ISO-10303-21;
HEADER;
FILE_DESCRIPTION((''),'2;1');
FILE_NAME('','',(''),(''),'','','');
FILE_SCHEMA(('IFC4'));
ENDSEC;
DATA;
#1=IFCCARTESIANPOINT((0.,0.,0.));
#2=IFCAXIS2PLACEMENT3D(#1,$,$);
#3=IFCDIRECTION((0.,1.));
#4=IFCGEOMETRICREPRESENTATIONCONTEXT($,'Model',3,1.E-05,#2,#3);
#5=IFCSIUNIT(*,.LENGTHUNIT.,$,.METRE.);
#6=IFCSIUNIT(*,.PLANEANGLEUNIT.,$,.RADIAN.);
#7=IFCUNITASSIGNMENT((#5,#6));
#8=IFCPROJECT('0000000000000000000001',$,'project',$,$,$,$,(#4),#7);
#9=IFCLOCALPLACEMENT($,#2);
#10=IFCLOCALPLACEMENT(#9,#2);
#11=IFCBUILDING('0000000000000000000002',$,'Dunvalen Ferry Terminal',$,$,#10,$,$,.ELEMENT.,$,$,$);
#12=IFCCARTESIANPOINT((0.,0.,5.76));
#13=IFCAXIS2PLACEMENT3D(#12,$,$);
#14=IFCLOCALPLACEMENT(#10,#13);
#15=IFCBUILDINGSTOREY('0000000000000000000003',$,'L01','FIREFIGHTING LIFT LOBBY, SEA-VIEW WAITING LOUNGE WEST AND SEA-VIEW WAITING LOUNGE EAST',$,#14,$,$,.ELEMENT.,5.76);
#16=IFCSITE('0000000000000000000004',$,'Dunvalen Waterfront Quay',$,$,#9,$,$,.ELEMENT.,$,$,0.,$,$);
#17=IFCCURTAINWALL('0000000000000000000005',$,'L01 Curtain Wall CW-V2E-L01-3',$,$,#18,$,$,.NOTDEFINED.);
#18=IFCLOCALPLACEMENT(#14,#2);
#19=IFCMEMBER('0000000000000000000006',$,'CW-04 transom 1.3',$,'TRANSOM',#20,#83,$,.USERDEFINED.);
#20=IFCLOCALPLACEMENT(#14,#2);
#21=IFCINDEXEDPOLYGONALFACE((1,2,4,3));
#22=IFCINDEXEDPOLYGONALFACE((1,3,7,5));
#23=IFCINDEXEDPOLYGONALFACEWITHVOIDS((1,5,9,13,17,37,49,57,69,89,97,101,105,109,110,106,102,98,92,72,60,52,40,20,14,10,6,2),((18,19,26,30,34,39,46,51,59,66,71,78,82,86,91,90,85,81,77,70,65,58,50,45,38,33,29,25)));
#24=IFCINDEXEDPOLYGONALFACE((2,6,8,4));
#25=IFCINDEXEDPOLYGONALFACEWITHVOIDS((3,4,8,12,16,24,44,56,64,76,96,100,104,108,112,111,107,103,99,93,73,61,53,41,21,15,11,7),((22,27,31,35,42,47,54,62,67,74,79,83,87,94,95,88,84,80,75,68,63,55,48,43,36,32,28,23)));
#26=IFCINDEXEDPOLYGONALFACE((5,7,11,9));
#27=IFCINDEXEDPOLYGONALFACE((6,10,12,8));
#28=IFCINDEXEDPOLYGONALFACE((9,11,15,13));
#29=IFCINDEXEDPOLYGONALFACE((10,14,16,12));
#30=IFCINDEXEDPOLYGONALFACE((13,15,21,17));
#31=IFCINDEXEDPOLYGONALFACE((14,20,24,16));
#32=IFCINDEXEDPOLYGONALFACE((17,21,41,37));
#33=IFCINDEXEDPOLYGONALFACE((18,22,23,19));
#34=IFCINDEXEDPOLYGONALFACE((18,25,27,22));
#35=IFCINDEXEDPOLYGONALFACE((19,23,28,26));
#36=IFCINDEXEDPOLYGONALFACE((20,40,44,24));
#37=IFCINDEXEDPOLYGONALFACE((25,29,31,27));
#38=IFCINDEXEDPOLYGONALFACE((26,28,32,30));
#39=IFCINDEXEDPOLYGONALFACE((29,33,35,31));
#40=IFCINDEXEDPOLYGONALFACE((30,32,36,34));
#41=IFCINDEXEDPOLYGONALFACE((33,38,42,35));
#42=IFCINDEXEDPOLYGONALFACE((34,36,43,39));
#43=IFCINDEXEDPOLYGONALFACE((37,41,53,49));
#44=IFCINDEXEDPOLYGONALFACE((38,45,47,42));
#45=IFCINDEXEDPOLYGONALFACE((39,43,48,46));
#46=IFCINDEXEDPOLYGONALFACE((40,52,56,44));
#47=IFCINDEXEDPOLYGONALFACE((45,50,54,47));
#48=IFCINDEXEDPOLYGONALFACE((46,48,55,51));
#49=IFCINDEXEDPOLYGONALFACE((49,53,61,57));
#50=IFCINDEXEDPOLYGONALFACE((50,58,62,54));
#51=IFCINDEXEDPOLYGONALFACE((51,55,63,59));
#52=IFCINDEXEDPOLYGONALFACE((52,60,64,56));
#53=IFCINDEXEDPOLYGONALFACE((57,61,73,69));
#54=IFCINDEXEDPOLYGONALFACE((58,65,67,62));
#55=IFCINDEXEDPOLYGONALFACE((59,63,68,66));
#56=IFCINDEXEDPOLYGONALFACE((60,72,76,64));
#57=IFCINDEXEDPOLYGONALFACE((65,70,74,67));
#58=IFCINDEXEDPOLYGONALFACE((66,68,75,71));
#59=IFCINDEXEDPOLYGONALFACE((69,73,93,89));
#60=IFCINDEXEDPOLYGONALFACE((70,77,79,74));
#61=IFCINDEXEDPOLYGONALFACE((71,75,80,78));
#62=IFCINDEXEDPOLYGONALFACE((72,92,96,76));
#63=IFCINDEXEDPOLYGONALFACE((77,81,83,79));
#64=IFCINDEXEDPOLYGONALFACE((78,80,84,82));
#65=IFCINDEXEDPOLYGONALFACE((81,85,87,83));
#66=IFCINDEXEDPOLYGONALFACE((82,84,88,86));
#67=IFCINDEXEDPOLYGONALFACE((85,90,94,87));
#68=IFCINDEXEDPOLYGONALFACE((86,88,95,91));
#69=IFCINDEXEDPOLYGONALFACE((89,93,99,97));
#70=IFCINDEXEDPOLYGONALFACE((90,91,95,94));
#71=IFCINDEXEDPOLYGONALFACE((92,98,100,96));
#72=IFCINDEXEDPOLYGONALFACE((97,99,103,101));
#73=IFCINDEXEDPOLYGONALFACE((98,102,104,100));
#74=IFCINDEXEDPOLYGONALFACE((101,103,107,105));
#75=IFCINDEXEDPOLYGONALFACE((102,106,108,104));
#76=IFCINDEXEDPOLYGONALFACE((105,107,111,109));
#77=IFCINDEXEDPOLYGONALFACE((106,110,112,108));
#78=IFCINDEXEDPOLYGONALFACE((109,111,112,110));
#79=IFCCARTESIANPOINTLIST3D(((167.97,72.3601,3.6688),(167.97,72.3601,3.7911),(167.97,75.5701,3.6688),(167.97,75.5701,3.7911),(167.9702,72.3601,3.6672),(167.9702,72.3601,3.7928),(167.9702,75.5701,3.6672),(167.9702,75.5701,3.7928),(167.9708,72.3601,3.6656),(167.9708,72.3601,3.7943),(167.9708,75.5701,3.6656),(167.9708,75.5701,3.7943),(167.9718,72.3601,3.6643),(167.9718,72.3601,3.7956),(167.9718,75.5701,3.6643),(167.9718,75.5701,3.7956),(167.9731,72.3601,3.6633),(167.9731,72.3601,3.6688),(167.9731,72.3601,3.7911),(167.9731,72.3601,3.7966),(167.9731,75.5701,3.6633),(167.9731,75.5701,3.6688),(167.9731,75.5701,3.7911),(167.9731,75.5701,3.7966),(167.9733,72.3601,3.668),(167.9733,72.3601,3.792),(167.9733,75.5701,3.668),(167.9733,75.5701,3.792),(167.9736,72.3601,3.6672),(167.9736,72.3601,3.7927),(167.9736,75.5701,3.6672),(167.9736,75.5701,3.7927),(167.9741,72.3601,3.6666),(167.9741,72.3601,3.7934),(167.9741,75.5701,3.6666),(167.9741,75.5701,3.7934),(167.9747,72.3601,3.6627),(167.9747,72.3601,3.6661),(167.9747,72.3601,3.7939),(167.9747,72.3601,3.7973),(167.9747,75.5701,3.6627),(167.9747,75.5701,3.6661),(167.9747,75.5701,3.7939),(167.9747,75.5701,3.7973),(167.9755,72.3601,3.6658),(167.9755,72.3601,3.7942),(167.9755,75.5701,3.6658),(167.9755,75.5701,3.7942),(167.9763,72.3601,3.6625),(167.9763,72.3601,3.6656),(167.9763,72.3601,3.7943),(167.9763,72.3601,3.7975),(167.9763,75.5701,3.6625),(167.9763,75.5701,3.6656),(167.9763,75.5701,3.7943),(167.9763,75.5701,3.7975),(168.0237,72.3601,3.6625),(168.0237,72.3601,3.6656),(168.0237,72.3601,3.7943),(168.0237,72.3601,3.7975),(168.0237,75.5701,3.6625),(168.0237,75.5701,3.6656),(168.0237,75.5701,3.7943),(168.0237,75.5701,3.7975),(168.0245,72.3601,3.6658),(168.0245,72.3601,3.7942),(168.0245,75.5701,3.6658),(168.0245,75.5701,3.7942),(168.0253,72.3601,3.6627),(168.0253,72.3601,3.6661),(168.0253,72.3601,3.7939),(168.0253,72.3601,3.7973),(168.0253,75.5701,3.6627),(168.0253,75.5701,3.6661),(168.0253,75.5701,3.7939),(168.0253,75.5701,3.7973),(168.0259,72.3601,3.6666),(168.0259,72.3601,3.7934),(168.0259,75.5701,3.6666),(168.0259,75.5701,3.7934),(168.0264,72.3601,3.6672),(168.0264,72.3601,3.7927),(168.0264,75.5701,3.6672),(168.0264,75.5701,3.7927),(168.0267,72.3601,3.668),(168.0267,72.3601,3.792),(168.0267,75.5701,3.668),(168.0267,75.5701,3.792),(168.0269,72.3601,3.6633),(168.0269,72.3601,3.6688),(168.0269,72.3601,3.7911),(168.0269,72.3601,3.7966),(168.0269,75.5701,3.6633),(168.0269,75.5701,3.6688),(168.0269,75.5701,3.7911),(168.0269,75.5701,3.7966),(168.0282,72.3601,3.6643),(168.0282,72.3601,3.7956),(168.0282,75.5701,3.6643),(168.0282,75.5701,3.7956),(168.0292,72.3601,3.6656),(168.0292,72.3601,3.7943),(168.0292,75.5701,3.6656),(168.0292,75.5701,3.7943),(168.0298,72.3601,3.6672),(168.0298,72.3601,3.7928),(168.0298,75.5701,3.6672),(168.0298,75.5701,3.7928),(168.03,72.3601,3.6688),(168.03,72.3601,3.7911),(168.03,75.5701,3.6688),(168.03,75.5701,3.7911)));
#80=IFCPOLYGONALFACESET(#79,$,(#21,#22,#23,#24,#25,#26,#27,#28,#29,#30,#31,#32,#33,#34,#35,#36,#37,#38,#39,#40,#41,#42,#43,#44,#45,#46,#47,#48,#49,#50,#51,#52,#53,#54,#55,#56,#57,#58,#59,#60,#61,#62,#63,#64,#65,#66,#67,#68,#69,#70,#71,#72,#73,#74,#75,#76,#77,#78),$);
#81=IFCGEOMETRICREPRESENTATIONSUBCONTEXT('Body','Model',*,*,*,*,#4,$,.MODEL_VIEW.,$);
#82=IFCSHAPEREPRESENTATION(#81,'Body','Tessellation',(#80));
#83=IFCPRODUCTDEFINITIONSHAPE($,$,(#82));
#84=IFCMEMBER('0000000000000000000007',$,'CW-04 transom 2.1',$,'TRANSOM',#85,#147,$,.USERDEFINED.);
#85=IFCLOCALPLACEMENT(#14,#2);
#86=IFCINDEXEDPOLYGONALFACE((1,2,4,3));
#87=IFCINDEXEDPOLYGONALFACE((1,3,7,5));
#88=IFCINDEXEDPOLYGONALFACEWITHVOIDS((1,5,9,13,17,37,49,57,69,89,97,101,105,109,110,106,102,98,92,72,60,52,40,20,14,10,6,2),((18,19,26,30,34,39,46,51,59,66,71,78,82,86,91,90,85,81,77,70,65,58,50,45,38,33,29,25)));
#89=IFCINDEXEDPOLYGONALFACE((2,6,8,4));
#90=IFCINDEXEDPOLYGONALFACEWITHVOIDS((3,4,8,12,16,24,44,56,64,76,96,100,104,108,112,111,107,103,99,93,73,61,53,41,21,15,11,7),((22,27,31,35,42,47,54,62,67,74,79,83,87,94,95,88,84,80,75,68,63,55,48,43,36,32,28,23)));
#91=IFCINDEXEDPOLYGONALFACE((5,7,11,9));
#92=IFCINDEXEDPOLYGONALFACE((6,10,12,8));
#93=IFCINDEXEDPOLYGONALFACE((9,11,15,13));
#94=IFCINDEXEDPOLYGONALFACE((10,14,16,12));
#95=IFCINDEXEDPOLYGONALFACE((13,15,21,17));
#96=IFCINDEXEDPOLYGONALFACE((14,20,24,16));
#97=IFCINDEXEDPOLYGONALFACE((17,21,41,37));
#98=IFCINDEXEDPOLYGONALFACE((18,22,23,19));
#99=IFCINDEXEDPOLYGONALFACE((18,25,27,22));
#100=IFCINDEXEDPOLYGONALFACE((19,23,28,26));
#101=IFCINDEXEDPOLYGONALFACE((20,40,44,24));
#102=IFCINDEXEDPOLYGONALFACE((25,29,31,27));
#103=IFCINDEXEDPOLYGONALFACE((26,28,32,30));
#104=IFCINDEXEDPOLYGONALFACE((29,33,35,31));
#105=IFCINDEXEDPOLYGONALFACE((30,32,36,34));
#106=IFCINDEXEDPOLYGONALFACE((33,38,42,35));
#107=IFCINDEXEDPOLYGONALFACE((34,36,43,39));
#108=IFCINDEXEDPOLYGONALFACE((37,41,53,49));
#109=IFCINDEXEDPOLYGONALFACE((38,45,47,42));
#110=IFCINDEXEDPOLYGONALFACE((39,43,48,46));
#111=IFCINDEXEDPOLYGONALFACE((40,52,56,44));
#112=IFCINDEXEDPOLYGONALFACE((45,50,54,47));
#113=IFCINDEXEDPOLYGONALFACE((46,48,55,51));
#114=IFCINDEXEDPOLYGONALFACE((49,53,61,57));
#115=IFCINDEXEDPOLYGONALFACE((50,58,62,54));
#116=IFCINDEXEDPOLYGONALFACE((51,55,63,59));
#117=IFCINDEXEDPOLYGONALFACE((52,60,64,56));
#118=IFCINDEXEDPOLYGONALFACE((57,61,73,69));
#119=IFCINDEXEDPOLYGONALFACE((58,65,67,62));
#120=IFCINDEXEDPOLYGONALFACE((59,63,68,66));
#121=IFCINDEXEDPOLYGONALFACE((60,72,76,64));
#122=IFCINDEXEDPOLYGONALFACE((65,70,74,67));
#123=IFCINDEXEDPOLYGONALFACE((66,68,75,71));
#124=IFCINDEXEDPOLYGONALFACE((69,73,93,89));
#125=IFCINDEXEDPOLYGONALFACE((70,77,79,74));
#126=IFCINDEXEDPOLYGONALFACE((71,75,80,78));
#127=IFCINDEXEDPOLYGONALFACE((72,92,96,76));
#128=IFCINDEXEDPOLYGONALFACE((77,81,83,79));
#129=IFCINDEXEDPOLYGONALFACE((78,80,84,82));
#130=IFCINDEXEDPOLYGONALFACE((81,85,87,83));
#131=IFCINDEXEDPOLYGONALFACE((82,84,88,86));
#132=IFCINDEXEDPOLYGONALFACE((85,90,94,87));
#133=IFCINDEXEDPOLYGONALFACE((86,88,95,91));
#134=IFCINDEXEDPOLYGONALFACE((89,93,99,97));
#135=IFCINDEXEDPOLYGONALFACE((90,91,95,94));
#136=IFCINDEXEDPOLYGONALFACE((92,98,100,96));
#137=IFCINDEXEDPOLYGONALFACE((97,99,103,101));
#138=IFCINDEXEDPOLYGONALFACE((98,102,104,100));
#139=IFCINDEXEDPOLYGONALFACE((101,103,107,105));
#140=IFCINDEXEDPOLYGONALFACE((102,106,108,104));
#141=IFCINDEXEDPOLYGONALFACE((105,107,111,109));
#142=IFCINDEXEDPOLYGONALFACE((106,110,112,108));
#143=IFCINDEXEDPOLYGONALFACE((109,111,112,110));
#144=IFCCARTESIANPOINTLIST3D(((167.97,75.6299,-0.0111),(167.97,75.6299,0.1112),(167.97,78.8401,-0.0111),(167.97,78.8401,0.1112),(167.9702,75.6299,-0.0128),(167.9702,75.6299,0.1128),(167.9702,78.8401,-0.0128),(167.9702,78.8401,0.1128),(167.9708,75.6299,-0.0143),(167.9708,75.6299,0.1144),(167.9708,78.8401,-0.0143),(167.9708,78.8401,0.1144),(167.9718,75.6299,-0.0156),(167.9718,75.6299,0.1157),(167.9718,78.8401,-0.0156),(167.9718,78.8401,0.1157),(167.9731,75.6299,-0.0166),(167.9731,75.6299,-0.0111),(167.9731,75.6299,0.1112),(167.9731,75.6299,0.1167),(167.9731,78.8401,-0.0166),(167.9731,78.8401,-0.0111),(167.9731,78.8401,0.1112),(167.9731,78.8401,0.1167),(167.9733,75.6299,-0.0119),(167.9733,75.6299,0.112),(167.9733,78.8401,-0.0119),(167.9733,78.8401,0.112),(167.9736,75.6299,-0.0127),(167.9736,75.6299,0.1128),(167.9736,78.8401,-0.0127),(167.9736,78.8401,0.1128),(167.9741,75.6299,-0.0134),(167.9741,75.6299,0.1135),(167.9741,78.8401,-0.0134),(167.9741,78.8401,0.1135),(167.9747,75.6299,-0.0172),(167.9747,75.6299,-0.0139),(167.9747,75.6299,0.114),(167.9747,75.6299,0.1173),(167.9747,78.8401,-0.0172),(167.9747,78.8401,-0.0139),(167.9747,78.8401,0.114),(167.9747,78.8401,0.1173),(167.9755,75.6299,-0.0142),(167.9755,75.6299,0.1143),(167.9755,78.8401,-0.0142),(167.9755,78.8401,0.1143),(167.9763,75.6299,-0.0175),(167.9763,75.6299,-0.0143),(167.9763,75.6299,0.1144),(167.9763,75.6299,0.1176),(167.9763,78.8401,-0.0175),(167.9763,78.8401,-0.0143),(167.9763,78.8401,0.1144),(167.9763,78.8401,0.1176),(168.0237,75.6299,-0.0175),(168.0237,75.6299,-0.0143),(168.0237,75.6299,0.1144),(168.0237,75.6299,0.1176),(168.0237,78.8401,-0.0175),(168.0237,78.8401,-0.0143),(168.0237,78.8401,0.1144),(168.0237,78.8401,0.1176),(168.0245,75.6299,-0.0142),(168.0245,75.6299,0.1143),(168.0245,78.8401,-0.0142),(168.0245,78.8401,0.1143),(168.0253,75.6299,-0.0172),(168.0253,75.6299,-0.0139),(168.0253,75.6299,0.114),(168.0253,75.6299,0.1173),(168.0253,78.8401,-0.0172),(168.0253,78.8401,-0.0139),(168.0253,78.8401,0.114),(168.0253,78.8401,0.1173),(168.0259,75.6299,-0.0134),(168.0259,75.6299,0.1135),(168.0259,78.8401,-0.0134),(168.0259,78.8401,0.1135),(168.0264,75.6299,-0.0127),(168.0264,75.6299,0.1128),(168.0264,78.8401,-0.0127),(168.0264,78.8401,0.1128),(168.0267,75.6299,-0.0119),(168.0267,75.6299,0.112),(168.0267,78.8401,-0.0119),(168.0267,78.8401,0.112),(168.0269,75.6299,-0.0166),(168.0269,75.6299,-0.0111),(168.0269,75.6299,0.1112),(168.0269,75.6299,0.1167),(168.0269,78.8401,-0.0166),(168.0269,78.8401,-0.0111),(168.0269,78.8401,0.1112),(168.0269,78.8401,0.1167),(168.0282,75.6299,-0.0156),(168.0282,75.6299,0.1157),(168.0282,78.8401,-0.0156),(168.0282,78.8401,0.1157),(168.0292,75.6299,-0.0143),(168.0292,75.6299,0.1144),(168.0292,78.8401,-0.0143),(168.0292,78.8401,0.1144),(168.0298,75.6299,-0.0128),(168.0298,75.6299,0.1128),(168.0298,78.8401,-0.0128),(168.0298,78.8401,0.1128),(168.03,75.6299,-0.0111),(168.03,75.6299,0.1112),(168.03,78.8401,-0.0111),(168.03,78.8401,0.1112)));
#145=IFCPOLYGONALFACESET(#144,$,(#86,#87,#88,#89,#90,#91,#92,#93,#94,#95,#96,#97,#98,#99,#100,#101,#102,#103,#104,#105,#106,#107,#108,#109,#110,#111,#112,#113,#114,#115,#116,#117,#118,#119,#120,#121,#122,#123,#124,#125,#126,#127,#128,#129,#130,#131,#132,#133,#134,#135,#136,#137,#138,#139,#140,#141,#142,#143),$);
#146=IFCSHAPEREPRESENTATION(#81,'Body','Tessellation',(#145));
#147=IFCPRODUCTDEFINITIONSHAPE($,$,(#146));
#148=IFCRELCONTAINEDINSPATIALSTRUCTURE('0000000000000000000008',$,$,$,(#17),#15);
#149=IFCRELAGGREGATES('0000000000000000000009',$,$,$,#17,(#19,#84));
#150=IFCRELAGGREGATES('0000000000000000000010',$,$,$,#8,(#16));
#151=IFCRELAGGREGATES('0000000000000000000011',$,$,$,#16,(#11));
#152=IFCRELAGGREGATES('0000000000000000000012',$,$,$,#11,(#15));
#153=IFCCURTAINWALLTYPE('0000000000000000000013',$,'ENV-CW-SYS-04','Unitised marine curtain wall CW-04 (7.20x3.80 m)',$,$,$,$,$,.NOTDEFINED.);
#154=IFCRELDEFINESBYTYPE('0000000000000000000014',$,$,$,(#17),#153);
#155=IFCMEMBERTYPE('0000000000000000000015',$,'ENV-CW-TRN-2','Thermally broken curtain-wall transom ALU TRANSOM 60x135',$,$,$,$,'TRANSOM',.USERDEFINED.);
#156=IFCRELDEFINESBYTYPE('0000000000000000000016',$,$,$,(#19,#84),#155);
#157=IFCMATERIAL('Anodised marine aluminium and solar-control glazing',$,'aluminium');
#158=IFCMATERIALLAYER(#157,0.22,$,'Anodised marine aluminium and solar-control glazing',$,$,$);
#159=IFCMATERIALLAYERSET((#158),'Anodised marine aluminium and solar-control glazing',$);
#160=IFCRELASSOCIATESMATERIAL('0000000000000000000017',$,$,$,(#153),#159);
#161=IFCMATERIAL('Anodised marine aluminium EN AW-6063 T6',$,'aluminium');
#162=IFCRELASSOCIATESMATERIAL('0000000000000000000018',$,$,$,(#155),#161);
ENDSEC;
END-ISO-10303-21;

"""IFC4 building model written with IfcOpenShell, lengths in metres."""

from ifc_helpers import new_model, si_unit, direction, frame, origin, origin_2d, place, context, subcontext, project, spatial, hollow_rectangle, extrude, material, layer, layer_set, material_profile, profile_set, type_object, element, aggregate, save


model = new_model("IFC4")

# Units and contexts
model_context = context("Model", 3, precision=1e-05, world=origin(), true_north=direction((0.0, 1.0)))
body_context = subcontext(model_context, "Body", "Model", "MODEL_VIEW")
ifc_project = project(units=[si_unit("LENGTHUNIT", "METRE"), si_unit("PLANEANGLEUNIT", "RADIAN")], contexts=[model_context])

# Site, building, storey
site_placement = place(None, origin())
site = spatial("IfcSite", under=ifc_project, at=site_placement, Name="Dunvalen Waterfront Quay", CompositionType="ELEMENT", RefElevation=0.0)
building_placement = place(site_placement, origin())
building = spatial("IfcBuilding", under=site, at=building_placement, Name="Dunvalen Ferry Terminal", CompositionType="ELEMENT")
storey_placement = place(building_placement, frame((0.0, 0.0, 5.76)))
storey = spatial("IfcBuildingStorey", under=building, at=storey_placement, Name="L01", Description="FIREFIGHTING LIFT LOBBY, SEA-VIEW WAITING LOUNGE WEST AND SEA-VIEW WAITING LOUNGE EAST", CompositionType="ELEMENT", Elevation=5.76)

# Curtain wall
ifc_material_1 = material(Name="Anodised marine aluminium and solar-control glazing", Category="aluminium")
ifc_layer_1 = layer(ifc_material_1, 0.22, Name="Anodised marine aluminium and solar-control glazing")
ifc_layer_set_1 = layer_set([ifc_layer_1], Name="Anodised marine aluminium and solar-control glazing")
curtain_wall_type = type_object("IfcCurtainWallType", Name="ENV-CW-SYS-04", Description="Unitised marine curtain wall CW-04 (7.20x3.80 m)", PredefinedType="NOTDEFINED", material=ifc_layer_set_1)
ifc_material_2 = material(Name="Anodised marine aluminium EN AW-6063 T6", Category="aluminium")
curtain_wall_1_placement = place(storey_placement, origin())
curtain_wall_1 = element("IfcCurtainWall", 1, at=curtain_wall_1_placement, inside=storey, type_object=curtain_wall_type, Name="L01 Curtain Wall CW-V2E-L01-3", PredefinedType="NOTDEFINED")

# Members
ifc_material_profile_1 = material_profile(ifc_material_2, hollow_rectangle(XDim=0.0601, YDim=0.135, WallThickness=0.0032, InnerFilletRadius=0.0032, OuterFilletRadius=0.0063, at=origin_2d()), Name="Anodised marine aluminium EN AW-6063 T6")
ifc_profile_set_1 = profile_set([ifc_material_profile_1], Name="Anodised marine aluminium EN AW-6063 T6")
member_type_1 = type_object("IfcMemberType", Name="ENV-CW-TRN-2", Description="Thermally broken curtain-wall transom ALU TRANSOM 60x135", ElementType="TRANSOM", PredefinedType="USERDEFINED", material=ifc_profile_set_1)
member_1_placement = place(storey_placement, frame((168.0, 72.3601, 3.73), z_axis=(0.0, 1.0, 0.0), x_axis=(-1.0, 0.0, 0.0)))
member_1 = element("IfcMember", 2, at=member_1_placement, type_object=member_type_1, Name="CW-04 transom 1.3", ObjectType="TRANSOM", PredefinedType="USERDEFINED", context=body_context, shape_type="SweptSolid", body=[
    extrude(hollow_rectangle(XDim=0.0601, YDim=0.135, WallThickness=0.0032, InnerFilletRadius=0.0032, OuterFilletRadius=0.0063, at=origin_2d()), origin(), (0.0, 0.0, 1.0), 3.21),
])
member_2_placement = place(storey_placement, frame((168.0, 75.6299, 0.05), z_axis=(0.0, 1.0, 0.0), x_axis=(-1.0, 0.0, 0.0)))
member_2 = element("IfcMember", 3, at=member_2_placement, type_object=member_type_1, Name="CW-04 transom 2.1", ObjectType="TRANSOM", PredefinedType="USERDEFINED", context=body_context, shape_type="SweptSolid", body=[
    extrude(hollow_rectangle(XDim=0.0601, YDim=0.135, WallThickness=0.0032, InnerFilletRadius=0.0032, OuterFilletRadius=0.0063, at=origin_2d()), origin(), (0.0, 0.0, 1.0), 3.2102),
])

aggregate(curtain_wall_1, [member_1, member_2])

save(model, "model.ifc")
